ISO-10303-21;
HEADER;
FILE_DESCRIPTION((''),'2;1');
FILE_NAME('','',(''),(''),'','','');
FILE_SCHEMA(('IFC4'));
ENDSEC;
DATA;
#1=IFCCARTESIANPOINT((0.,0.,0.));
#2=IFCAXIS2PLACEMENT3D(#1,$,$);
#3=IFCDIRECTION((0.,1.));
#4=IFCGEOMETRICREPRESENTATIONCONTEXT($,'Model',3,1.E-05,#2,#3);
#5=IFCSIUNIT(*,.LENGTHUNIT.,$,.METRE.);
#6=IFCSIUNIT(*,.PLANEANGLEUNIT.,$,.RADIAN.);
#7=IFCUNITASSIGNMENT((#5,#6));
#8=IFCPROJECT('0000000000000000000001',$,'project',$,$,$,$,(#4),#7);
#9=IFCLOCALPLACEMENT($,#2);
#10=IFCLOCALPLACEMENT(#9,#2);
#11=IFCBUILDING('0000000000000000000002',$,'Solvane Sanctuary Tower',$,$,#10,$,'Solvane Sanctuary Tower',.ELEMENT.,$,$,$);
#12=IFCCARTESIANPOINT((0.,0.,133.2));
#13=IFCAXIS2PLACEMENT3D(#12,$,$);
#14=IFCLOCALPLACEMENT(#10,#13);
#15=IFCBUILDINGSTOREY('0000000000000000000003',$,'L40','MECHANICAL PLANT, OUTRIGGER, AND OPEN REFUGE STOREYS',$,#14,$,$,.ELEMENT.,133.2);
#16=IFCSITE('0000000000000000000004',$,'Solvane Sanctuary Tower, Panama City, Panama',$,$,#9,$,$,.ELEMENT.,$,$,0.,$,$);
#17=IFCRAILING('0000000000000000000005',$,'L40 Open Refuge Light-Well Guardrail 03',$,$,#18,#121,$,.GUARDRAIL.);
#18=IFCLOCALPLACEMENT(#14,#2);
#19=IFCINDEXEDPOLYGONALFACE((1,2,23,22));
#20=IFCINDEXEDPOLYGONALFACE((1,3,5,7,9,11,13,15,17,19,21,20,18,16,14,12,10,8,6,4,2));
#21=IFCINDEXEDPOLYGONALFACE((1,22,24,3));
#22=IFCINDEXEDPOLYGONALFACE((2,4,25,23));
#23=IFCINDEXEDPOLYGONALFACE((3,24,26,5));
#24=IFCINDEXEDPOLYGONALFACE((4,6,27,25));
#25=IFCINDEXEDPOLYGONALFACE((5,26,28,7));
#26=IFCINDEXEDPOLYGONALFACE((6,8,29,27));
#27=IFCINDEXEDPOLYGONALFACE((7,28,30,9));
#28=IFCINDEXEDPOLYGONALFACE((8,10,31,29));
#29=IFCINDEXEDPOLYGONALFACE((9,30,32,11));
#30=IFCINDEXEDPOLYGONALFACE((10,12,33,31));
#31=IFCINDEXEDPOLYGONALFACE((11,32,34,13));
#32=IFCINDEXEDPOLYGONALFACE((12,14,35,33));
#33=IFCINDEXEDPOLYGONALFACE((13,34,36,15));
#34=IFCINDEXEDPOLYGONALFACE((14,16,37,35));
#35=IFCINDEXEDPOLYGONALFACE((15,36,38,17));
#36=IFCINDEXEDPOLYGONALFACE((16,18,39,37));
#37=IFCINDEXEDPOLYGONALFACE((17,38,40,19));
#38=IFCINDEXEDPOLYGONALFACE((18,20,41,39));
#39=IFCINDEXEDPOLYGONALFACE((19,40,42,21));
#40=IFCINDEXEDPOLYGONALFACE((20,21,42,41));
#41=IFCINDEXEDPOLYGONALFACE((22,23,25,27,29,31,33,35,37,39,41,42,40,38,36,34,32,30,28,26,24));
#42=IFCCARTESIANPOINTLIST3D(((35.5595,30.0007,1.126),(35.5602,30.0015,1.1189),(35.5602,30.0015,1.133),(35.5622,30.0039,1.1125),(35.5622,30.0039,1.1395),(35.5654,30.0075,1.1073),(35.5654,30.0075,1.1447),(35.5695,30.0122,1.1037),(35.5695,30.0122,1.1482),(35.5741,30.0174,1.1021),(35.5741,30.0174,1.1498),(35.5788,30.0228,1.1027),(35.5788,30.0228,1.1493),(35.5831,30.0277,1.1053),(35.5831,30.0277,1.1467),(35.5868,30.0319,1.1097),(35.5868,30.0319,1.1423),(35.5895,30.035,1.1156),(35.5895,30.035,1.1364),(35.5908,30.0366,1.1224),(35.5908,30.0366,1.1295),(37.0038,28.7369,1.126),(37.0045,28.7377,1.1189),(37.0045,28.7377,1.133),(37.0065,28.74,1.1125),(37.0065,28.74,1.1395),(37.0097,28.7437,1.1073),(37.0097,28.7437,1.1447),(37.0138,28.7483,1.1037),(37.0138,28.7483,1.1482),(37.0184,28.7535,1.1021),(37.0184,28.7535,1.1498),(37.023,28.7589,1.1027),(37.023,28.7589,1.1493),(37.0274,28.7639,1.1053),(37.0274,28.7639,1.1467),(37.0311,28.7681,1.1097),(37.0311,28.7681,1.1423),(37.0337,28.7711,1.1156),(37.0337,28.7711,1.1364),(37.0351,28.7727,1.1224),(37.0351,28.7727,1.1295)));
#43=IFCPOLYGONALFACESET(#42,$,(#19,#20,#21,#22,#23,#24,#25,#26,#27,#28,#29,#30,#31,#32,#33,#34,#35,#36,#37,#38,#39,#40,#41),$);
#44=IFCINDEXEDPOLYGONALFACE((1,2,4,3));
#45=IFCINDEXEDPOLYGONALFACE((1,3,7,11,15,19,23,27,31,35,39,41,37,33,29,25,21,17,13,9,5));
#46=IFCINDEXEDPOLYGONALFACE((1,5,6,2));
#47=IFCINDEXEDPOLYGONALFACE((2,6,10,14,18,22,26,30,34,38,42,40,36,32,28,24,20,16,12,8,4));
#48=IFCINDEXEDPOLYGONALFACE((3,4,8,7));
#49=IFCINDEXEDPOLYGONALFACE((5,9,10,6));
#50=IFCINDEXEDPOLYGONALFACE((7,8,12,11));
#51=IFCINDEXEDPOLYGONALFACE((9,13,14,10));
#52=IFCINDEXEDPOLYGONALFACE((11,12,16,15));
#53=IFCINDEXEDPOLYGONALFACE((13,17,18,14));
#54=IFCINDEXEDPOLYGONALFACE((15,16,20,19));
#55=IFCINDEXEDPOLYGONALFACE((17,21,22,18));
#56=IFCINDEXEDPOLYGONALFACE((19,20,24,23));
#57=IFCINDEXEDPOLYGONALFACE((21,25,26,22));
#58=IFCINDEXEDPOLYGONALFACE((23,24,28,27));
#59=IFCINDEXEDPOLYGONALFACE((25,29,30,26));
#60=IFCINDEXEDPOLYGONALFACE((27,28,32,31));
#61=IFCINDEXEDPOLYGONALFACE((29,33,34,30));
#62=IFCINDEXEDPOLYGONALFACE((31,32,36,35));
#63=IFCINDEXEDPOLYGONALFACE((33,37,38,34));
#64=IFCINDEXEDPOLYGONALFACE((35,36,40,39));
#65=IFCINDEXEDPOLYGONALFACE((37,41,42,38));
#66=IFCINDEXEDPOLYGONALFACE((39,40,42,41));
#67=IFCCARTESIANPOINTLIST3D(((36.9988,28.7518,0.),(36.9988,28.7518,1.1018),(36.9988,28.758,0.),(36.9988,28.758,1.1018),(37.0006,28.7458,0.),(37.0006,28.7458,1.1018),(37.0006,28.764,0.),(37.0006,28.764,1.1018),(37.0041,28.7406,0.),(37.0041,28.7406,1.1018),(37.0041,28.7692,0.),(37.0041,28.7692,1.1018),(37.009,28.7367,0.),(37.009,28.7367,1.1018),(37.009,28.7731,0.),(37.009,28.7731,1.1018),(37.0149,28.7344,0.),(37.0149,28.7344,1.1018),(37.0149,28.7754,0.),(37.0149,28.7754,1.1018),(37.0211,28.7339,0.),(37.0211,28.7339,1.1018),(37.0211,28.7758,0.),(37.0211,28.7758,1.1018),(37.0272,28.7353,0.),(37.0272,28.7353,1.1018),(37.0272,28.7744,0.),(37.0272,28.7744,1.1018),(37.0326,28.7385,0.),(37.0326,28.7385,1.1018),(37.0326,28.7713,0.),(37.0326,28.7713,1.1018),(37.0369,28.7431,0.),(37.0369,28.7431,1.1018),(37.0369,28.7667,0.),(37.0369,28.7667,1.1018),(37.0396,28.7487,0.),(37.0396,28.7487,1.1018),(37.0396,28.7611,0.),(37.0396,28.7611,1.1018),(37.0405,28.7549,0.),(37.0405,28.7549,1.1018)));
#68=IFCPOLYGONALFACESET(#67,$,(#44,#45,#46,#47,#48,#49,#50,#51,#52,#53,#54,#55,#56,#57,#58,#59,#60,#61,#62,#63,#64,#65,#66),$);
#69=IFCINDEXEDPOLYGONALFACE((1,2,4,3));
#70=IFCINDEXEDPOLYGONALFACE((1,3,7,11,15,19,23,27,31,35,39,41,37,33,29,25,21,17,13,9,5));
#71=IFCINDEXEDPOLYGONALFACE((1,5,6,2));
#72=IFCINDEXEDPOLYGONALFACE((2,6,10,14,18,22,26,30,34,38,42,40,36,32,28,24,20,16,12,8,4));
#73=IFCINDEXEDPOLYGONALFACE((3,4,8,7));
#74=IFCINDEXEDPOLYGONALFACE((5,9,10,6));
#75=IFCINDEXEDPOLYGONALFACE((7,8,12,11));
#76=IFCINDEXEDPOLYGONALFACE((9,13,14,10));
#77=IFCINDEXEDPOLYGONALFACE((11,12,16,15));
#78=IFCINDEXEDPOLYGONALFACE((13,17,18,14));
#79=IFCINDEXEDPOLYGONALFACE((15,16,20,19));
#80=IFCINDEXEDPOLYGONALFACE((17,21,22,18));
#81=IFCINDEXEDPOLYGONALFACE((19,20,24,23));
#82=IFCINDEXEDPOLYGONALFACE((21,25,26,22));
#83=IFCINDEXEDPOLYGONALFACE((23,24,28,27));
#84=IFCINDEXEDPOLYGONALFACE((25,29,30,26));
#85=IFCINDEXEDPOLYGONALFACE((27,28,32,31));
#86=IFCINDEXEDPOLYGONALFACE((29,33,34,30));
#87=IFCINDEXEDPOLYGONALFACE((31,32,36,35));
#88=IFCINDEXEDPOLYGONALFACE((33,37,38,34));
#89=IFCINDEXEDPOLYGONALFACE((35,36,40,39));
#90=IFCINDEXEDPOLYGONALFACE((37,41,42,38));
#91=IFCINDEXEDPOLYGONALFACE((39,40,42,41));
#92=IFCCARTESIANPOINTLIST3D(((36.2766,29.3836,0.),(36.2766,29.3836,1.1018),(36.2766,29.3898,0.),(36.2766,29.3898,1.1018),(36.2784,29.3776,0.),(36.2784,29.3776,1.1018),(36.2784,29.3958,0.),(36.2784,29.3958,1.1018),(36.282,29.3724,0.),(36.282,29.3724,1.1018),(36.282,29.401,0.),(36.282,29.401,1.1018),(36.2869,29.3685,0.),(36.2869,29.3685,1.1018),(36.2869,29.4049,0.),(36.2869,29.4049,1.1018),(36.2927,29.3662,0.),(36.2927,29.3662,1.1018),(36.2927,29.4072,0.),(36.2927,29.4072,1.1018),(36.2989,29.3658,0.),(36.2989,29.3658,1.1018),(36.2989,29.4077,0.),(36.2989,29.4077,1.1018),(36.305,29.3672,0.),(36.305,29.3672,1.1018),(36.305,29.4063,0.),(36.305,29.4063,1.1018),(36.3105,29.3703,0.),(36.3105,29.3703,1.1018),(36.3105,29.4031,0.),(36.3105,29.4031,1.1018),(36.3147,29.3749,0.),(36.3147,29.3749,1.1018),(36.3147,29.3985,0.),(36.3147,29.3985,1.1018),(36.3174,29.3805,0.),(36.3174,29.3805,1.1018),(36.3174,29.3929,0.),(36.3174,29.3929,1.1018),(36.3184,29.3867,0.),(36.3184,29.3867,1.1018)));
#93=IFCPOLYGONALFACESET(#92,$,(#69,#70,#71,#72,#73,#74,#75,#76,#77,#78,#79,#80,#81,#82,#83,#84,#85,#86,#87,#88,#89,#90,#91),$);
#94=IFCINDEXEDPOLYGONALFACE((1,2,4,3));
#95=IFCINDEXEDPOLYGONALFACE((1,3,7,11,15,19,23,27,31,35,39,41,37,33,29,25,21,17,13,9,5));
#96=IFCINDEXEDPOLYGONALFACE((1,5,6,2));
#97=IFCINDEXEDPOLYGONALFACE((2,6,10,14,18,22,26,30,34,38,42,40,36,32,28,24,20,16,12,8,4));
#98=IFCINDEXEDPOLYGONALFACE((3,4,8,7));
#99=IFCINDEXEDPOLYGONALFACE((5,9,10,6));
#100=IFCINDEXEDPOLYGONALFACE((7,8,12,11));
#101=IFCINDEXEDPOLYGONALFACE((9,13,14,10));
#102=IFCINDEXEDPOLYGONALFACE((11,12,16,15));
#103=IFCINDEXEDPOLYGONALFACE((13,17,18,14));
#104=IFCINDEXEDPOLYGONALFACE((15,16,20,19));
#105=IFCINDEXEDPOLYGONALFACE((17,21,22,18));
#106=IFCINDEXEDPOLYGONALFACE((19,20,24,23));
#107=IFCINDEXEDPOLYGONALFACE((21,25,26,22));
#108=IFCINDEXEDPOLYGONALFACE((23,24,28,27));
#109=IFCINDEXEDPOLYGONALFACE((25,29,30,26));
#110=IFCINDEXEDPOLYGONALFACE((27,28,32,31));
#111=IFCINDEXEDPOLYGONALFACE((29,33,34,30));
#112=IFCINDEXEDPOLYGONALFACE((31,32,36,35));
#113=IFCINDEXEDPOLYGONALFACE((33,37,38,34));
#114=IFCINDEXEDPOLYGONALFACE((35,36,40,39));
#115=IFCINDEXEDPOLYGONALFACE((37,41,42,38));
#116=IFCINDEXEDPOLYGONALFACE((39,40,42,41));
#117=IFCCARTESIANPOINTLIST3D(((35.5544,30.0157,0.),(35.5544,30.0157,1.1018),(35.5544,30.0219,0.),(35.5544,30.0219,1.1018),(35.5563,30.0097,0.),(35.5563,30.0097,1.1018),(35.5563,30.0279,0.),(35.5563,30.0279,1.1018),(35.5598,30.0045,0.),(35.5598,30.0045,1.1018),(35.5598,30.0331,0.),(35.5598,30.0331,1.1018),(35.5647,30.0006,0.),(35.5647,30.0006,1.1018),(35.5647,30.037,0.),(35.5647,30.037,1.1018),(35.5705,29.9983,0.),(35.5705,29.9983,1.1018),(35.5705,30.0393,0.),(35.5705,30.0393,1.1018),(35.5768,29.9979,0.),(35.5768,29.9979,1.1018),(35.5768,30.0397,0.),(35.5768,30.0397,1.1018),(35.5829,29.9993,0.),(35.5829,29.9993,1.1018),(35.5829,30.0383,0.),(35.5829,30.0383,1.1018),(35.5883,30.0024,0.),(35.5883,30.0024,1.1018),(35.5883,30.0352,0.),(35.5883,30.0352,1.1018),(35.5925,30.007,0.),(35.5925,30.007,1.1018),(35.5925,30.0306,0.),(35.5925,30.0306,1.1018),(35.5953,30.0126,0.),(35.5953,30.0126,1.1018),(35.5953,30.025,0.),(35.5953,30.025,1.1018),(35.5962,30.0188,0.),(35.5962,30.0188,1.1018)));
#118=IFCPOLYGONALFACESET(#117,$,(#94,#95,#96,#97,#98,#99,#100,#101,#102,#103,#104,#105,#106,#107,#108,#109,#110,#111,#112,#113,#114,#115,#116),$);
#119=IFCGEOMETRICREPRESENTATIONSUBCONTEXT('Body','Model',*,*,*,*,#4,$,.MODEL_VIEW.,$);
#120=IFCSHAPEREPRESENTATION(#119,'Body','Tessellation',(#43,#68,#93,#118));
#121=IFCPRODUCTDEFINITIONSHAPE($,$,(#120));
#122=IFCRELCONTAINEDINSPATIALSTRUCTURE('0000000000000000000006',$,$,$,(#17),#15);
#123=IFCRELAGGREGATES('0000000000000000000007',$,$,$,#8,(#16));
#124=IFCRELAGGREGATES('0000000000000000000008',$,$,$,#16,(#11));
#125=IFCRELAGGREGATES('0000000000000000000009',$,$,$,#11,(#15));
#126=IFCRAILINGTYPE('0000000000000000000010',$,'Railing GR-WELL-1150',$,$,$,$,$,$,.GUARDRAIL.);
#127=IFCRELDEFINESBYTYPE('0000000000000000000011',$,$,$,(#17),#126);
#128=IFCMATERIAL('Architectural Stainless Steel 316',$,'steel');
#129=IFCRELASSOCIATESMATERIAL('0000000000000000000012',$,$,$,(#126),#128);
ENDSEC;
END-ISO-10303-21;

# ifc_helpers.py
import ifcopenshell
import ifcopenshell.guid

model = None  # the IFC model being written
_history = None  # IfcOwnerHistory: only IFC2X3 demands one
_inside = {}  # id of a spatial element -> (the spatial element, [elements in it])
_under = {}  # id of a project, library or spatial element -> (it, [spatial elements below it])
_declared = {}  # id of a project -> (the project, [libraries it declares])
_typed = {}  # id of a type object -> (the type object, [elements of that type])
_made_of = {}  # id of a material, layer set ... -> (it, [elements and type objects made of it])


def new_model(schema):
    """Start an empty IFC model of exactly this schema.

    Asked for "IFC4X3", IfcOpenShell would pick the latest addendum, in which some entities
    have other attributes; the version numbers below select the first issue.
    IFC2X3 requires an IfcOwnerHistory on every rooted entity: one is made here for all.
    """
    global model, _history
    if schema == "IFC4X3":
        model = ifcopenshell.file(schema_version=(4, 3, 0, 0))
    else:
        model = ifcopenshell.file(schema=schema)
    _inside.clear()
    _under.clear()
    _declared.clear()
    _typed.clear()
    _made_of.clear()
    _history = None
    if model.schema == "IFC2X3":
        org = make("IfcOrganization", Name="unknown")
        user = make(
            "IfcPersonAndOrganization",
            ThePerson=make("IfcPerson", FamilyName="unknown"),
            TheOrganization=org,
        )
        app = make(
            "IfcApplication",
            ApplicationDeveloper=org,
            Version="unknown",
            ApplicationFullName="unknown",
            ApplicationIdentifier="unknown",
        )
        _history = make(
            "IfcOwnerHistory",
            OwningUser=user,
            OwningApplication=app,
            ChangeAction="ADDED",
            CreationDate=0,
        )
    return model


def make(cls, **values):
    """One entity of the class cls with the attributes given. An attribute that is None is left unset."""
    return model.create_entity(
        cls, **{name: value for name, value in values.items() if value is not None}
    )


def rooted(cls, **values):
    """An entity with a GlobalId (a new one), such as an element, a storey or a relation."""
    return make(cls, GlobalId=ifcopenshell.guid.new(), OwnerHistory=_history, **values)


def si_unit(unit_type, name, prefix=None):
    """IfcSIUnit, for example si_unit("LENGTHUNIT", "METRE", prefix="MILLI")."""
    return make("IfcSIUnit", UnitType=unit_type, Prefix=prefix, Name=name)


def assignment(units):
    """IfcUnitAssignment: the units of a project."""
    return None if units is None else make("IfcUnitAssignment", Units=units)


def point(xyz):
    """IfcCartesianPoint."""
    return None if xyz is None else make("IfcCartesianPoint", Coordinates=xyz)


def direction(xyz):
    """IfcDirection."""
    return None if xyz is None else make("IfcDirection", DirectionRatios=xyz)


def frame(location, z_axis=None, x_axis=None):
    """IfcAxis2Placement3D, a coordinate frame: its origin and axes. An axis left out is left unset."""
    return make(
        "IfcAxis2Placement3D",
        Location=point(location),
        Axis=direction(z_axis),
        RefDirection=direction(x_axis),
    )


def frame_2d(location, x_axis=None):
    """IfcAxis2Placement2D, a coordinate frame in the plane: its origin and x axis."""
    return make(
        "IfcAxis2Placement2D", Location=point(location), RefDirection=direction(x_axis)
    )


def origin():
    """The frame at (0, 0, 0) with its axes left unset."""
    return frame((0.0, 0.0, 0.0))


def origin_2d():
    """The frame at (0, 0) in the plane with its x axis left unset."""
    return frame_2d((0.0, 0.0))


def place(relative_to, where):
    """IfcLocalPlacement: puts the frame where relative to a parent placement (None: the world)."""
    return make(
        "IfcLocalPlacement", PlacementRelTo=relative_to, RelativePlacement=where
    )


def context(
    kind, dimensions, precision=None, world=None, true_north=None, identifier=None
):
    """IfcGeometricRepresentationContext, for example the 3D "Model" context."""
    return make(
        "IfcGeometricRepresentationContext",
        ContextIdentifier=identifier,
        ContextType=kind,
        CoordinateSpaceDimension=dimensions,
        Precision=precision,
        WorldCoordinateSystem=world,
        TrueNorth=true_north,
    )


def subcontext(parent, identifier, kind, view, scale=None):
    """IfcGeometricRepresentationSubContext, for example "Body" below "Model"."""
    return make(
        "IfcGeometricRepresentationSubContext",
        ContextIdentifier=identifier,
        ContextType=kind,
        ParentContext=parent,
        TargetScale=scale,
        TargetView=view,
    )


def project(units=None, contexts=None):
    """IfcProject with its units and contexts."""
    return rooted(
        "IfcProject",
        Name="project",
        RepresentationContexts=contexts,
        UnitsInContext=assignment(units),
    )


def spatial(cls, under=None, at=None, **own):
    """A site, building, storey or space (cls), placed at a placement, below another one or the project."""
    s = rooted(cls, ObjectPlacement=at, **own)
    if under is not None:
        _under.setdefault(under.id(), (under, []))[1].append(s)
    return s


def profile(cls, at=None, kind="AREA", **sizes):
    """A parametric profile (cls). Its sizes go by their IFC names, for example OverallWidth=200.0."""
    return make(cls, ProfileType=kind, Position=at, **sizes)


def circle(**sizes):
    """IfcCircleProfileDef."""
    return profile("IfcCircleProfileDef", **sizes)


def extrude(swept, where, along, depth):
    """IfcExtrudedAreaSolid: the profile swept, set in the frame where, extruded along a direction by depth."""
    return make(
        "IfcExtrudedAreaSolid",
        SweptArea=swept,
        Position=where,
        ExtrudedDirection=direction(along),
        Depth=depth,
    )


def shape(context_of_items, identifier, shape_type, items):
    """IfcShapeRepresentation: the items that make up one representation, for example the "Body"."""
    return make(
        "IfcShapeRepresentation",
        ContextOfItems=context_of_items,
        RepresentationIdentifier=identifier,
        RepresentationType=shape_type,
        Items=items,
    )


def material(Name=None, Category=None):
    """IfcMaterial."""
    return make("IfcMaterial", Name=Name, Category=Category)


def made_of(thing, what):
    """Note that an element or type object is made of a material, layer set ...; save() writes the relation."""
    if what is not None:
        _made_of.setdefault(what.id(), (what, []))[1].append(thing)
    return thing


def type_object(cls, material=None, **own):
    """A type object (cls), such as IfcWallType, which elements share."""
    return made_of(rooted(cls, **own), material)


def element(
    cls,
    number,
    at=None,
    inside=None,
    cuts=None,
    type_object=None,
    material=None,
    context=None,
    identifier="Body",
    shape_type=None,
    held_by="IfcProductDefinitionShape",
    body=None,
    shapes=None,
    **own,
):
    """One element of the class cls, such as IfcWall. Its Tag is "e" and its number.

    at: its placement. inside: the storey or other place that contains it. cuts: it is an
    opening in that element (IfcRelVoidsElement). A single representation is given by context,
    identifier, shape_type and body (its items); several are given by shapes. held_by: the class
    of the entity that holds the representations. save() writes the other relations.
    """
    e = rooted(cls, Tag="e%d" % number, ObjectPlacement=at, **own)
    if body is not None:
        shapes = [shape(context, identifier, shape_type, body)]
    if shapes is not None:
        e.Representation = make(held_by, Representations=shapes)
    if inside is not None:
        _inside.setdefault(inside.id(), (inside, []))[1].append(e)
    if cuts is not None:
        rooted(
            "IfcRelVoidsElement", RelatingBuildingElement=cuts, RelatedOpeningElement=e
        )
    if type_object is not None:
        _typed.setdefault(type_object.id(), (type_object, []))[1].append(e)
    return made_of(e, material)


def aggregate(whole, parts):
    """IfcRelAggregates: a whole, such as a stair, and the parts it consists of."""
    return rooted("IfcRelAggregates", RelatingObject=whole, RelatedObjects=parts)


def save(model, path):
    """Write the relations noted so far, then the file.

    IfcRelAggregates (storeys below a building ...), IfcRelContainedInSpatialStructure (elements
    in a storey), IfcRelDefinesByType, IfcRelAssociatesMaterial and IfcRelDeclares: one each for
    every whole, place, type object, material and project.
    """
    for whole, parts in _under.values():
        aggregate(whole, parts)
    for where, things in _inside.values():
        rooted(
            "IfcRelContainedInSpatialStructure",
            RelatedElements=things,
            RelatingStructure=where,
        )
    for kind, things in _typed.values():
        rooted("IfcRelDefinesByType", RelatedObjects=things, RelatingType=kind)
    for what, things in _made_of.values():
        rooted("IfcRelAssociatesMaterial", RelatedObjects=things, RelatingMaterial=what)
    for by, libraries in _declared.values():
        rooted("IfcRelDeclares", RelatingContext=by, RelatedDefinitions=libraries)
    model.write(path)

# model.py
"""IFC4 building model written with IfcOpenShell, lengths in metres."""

from ifc_helpers import new_model, si_unit, direction, frame, origin, origin_2d, place, context, subcontext, project, spatial, circle, extrude, material, type_object, element, save


model = new_model("IFC4")

# Units and contexts
model_context = context("Model", 3, precision=1e-05, world=origin(), true_north=direction((0.0, 1.0)))
body_context = subcontext(model_context, "Body", "Model", "MODEL_VIEW")
ifc_project = project(units=[si_unit("LENGTHUNIT", "METRE"), si_unit("PLANEANGLEUNIT", "RADIAN")], contexts=[model_context])

# Site, building, storey
site_placement = place(None, origin())
site = spatial("IfcSite", under=ifc_project, at=site_placement, Name="Solvane Sanctuary Tower, Panama City, Panama", CompositionType="ELEMENT", RefElevation=0.0)
building_placement = place(site_placement, origin())
building = spatial("IfcBuilding", under=site, at=building_placement, Name="Solvane Sanctuary Tower", LongName="Solvane Sanctuary Tower", CompositionType="ELEMENT")
storey_placement = place(building_placement, frame((0.0, 0.0, 133.2)))
storey = spatial("IfcBuildingStorey", under=building, at=storey_placement, Name="L40", Description="MECHANICAL PLANT, OUTRIGGER, AND OPEN REFUGE STOREYS", CompositionType="ELEMENT", Elevation=133.2)

# Shared definitions
ifc_material_1 = material(Name="Architectural Stainless Steel 316", Category="steel")

# Railing
railing_type_1 = type_object("IfcRailingType", Name="Railing GR-WELL-1150", PredefinedType="GUARDRAIL", material=ifc_material_1)
railing_1_placement = place(storey_placement, frame((37.0195, 28.7549, 0.0)))
element("IfcRailing", 1, at=railing_1_placement, inside=storey, type_object=railing_type_1, Name="L40 Open Refuge Light-Well Guardrail 03", PredefinedType="GUARDRAIL", context=body_context, shape_type="SweptSolid", body=[
    extrude(circle(Radius=0.0239, at=origin_2d()), frame((0.0, 0.0, 1.126), z_axis=(-0.752545, 0.658541, 0.0), x_axis=(-0.658541, -0.752545, 0.0)), (0.0, 0.0, 1.0), 1.9192),
    extrude(circle(Radius=0.021, at=origin_2d()), origin(), (0.0, 0.0, 1.0), 1.1018),
    extrude(circle(Radius=0.021, at=origin_2d()), frame((-0.7222, 0.6318, 0.0)), (0.0, 0.0, 1.0), 1.1018),
    extrude(circle(Radius=0.021, at=origin_2d()), frame((-1.4443, 1.2639, 0.0)), (0.0, 0.0, 1.0), 1.1018),
])

save(model, "model.ifc")
